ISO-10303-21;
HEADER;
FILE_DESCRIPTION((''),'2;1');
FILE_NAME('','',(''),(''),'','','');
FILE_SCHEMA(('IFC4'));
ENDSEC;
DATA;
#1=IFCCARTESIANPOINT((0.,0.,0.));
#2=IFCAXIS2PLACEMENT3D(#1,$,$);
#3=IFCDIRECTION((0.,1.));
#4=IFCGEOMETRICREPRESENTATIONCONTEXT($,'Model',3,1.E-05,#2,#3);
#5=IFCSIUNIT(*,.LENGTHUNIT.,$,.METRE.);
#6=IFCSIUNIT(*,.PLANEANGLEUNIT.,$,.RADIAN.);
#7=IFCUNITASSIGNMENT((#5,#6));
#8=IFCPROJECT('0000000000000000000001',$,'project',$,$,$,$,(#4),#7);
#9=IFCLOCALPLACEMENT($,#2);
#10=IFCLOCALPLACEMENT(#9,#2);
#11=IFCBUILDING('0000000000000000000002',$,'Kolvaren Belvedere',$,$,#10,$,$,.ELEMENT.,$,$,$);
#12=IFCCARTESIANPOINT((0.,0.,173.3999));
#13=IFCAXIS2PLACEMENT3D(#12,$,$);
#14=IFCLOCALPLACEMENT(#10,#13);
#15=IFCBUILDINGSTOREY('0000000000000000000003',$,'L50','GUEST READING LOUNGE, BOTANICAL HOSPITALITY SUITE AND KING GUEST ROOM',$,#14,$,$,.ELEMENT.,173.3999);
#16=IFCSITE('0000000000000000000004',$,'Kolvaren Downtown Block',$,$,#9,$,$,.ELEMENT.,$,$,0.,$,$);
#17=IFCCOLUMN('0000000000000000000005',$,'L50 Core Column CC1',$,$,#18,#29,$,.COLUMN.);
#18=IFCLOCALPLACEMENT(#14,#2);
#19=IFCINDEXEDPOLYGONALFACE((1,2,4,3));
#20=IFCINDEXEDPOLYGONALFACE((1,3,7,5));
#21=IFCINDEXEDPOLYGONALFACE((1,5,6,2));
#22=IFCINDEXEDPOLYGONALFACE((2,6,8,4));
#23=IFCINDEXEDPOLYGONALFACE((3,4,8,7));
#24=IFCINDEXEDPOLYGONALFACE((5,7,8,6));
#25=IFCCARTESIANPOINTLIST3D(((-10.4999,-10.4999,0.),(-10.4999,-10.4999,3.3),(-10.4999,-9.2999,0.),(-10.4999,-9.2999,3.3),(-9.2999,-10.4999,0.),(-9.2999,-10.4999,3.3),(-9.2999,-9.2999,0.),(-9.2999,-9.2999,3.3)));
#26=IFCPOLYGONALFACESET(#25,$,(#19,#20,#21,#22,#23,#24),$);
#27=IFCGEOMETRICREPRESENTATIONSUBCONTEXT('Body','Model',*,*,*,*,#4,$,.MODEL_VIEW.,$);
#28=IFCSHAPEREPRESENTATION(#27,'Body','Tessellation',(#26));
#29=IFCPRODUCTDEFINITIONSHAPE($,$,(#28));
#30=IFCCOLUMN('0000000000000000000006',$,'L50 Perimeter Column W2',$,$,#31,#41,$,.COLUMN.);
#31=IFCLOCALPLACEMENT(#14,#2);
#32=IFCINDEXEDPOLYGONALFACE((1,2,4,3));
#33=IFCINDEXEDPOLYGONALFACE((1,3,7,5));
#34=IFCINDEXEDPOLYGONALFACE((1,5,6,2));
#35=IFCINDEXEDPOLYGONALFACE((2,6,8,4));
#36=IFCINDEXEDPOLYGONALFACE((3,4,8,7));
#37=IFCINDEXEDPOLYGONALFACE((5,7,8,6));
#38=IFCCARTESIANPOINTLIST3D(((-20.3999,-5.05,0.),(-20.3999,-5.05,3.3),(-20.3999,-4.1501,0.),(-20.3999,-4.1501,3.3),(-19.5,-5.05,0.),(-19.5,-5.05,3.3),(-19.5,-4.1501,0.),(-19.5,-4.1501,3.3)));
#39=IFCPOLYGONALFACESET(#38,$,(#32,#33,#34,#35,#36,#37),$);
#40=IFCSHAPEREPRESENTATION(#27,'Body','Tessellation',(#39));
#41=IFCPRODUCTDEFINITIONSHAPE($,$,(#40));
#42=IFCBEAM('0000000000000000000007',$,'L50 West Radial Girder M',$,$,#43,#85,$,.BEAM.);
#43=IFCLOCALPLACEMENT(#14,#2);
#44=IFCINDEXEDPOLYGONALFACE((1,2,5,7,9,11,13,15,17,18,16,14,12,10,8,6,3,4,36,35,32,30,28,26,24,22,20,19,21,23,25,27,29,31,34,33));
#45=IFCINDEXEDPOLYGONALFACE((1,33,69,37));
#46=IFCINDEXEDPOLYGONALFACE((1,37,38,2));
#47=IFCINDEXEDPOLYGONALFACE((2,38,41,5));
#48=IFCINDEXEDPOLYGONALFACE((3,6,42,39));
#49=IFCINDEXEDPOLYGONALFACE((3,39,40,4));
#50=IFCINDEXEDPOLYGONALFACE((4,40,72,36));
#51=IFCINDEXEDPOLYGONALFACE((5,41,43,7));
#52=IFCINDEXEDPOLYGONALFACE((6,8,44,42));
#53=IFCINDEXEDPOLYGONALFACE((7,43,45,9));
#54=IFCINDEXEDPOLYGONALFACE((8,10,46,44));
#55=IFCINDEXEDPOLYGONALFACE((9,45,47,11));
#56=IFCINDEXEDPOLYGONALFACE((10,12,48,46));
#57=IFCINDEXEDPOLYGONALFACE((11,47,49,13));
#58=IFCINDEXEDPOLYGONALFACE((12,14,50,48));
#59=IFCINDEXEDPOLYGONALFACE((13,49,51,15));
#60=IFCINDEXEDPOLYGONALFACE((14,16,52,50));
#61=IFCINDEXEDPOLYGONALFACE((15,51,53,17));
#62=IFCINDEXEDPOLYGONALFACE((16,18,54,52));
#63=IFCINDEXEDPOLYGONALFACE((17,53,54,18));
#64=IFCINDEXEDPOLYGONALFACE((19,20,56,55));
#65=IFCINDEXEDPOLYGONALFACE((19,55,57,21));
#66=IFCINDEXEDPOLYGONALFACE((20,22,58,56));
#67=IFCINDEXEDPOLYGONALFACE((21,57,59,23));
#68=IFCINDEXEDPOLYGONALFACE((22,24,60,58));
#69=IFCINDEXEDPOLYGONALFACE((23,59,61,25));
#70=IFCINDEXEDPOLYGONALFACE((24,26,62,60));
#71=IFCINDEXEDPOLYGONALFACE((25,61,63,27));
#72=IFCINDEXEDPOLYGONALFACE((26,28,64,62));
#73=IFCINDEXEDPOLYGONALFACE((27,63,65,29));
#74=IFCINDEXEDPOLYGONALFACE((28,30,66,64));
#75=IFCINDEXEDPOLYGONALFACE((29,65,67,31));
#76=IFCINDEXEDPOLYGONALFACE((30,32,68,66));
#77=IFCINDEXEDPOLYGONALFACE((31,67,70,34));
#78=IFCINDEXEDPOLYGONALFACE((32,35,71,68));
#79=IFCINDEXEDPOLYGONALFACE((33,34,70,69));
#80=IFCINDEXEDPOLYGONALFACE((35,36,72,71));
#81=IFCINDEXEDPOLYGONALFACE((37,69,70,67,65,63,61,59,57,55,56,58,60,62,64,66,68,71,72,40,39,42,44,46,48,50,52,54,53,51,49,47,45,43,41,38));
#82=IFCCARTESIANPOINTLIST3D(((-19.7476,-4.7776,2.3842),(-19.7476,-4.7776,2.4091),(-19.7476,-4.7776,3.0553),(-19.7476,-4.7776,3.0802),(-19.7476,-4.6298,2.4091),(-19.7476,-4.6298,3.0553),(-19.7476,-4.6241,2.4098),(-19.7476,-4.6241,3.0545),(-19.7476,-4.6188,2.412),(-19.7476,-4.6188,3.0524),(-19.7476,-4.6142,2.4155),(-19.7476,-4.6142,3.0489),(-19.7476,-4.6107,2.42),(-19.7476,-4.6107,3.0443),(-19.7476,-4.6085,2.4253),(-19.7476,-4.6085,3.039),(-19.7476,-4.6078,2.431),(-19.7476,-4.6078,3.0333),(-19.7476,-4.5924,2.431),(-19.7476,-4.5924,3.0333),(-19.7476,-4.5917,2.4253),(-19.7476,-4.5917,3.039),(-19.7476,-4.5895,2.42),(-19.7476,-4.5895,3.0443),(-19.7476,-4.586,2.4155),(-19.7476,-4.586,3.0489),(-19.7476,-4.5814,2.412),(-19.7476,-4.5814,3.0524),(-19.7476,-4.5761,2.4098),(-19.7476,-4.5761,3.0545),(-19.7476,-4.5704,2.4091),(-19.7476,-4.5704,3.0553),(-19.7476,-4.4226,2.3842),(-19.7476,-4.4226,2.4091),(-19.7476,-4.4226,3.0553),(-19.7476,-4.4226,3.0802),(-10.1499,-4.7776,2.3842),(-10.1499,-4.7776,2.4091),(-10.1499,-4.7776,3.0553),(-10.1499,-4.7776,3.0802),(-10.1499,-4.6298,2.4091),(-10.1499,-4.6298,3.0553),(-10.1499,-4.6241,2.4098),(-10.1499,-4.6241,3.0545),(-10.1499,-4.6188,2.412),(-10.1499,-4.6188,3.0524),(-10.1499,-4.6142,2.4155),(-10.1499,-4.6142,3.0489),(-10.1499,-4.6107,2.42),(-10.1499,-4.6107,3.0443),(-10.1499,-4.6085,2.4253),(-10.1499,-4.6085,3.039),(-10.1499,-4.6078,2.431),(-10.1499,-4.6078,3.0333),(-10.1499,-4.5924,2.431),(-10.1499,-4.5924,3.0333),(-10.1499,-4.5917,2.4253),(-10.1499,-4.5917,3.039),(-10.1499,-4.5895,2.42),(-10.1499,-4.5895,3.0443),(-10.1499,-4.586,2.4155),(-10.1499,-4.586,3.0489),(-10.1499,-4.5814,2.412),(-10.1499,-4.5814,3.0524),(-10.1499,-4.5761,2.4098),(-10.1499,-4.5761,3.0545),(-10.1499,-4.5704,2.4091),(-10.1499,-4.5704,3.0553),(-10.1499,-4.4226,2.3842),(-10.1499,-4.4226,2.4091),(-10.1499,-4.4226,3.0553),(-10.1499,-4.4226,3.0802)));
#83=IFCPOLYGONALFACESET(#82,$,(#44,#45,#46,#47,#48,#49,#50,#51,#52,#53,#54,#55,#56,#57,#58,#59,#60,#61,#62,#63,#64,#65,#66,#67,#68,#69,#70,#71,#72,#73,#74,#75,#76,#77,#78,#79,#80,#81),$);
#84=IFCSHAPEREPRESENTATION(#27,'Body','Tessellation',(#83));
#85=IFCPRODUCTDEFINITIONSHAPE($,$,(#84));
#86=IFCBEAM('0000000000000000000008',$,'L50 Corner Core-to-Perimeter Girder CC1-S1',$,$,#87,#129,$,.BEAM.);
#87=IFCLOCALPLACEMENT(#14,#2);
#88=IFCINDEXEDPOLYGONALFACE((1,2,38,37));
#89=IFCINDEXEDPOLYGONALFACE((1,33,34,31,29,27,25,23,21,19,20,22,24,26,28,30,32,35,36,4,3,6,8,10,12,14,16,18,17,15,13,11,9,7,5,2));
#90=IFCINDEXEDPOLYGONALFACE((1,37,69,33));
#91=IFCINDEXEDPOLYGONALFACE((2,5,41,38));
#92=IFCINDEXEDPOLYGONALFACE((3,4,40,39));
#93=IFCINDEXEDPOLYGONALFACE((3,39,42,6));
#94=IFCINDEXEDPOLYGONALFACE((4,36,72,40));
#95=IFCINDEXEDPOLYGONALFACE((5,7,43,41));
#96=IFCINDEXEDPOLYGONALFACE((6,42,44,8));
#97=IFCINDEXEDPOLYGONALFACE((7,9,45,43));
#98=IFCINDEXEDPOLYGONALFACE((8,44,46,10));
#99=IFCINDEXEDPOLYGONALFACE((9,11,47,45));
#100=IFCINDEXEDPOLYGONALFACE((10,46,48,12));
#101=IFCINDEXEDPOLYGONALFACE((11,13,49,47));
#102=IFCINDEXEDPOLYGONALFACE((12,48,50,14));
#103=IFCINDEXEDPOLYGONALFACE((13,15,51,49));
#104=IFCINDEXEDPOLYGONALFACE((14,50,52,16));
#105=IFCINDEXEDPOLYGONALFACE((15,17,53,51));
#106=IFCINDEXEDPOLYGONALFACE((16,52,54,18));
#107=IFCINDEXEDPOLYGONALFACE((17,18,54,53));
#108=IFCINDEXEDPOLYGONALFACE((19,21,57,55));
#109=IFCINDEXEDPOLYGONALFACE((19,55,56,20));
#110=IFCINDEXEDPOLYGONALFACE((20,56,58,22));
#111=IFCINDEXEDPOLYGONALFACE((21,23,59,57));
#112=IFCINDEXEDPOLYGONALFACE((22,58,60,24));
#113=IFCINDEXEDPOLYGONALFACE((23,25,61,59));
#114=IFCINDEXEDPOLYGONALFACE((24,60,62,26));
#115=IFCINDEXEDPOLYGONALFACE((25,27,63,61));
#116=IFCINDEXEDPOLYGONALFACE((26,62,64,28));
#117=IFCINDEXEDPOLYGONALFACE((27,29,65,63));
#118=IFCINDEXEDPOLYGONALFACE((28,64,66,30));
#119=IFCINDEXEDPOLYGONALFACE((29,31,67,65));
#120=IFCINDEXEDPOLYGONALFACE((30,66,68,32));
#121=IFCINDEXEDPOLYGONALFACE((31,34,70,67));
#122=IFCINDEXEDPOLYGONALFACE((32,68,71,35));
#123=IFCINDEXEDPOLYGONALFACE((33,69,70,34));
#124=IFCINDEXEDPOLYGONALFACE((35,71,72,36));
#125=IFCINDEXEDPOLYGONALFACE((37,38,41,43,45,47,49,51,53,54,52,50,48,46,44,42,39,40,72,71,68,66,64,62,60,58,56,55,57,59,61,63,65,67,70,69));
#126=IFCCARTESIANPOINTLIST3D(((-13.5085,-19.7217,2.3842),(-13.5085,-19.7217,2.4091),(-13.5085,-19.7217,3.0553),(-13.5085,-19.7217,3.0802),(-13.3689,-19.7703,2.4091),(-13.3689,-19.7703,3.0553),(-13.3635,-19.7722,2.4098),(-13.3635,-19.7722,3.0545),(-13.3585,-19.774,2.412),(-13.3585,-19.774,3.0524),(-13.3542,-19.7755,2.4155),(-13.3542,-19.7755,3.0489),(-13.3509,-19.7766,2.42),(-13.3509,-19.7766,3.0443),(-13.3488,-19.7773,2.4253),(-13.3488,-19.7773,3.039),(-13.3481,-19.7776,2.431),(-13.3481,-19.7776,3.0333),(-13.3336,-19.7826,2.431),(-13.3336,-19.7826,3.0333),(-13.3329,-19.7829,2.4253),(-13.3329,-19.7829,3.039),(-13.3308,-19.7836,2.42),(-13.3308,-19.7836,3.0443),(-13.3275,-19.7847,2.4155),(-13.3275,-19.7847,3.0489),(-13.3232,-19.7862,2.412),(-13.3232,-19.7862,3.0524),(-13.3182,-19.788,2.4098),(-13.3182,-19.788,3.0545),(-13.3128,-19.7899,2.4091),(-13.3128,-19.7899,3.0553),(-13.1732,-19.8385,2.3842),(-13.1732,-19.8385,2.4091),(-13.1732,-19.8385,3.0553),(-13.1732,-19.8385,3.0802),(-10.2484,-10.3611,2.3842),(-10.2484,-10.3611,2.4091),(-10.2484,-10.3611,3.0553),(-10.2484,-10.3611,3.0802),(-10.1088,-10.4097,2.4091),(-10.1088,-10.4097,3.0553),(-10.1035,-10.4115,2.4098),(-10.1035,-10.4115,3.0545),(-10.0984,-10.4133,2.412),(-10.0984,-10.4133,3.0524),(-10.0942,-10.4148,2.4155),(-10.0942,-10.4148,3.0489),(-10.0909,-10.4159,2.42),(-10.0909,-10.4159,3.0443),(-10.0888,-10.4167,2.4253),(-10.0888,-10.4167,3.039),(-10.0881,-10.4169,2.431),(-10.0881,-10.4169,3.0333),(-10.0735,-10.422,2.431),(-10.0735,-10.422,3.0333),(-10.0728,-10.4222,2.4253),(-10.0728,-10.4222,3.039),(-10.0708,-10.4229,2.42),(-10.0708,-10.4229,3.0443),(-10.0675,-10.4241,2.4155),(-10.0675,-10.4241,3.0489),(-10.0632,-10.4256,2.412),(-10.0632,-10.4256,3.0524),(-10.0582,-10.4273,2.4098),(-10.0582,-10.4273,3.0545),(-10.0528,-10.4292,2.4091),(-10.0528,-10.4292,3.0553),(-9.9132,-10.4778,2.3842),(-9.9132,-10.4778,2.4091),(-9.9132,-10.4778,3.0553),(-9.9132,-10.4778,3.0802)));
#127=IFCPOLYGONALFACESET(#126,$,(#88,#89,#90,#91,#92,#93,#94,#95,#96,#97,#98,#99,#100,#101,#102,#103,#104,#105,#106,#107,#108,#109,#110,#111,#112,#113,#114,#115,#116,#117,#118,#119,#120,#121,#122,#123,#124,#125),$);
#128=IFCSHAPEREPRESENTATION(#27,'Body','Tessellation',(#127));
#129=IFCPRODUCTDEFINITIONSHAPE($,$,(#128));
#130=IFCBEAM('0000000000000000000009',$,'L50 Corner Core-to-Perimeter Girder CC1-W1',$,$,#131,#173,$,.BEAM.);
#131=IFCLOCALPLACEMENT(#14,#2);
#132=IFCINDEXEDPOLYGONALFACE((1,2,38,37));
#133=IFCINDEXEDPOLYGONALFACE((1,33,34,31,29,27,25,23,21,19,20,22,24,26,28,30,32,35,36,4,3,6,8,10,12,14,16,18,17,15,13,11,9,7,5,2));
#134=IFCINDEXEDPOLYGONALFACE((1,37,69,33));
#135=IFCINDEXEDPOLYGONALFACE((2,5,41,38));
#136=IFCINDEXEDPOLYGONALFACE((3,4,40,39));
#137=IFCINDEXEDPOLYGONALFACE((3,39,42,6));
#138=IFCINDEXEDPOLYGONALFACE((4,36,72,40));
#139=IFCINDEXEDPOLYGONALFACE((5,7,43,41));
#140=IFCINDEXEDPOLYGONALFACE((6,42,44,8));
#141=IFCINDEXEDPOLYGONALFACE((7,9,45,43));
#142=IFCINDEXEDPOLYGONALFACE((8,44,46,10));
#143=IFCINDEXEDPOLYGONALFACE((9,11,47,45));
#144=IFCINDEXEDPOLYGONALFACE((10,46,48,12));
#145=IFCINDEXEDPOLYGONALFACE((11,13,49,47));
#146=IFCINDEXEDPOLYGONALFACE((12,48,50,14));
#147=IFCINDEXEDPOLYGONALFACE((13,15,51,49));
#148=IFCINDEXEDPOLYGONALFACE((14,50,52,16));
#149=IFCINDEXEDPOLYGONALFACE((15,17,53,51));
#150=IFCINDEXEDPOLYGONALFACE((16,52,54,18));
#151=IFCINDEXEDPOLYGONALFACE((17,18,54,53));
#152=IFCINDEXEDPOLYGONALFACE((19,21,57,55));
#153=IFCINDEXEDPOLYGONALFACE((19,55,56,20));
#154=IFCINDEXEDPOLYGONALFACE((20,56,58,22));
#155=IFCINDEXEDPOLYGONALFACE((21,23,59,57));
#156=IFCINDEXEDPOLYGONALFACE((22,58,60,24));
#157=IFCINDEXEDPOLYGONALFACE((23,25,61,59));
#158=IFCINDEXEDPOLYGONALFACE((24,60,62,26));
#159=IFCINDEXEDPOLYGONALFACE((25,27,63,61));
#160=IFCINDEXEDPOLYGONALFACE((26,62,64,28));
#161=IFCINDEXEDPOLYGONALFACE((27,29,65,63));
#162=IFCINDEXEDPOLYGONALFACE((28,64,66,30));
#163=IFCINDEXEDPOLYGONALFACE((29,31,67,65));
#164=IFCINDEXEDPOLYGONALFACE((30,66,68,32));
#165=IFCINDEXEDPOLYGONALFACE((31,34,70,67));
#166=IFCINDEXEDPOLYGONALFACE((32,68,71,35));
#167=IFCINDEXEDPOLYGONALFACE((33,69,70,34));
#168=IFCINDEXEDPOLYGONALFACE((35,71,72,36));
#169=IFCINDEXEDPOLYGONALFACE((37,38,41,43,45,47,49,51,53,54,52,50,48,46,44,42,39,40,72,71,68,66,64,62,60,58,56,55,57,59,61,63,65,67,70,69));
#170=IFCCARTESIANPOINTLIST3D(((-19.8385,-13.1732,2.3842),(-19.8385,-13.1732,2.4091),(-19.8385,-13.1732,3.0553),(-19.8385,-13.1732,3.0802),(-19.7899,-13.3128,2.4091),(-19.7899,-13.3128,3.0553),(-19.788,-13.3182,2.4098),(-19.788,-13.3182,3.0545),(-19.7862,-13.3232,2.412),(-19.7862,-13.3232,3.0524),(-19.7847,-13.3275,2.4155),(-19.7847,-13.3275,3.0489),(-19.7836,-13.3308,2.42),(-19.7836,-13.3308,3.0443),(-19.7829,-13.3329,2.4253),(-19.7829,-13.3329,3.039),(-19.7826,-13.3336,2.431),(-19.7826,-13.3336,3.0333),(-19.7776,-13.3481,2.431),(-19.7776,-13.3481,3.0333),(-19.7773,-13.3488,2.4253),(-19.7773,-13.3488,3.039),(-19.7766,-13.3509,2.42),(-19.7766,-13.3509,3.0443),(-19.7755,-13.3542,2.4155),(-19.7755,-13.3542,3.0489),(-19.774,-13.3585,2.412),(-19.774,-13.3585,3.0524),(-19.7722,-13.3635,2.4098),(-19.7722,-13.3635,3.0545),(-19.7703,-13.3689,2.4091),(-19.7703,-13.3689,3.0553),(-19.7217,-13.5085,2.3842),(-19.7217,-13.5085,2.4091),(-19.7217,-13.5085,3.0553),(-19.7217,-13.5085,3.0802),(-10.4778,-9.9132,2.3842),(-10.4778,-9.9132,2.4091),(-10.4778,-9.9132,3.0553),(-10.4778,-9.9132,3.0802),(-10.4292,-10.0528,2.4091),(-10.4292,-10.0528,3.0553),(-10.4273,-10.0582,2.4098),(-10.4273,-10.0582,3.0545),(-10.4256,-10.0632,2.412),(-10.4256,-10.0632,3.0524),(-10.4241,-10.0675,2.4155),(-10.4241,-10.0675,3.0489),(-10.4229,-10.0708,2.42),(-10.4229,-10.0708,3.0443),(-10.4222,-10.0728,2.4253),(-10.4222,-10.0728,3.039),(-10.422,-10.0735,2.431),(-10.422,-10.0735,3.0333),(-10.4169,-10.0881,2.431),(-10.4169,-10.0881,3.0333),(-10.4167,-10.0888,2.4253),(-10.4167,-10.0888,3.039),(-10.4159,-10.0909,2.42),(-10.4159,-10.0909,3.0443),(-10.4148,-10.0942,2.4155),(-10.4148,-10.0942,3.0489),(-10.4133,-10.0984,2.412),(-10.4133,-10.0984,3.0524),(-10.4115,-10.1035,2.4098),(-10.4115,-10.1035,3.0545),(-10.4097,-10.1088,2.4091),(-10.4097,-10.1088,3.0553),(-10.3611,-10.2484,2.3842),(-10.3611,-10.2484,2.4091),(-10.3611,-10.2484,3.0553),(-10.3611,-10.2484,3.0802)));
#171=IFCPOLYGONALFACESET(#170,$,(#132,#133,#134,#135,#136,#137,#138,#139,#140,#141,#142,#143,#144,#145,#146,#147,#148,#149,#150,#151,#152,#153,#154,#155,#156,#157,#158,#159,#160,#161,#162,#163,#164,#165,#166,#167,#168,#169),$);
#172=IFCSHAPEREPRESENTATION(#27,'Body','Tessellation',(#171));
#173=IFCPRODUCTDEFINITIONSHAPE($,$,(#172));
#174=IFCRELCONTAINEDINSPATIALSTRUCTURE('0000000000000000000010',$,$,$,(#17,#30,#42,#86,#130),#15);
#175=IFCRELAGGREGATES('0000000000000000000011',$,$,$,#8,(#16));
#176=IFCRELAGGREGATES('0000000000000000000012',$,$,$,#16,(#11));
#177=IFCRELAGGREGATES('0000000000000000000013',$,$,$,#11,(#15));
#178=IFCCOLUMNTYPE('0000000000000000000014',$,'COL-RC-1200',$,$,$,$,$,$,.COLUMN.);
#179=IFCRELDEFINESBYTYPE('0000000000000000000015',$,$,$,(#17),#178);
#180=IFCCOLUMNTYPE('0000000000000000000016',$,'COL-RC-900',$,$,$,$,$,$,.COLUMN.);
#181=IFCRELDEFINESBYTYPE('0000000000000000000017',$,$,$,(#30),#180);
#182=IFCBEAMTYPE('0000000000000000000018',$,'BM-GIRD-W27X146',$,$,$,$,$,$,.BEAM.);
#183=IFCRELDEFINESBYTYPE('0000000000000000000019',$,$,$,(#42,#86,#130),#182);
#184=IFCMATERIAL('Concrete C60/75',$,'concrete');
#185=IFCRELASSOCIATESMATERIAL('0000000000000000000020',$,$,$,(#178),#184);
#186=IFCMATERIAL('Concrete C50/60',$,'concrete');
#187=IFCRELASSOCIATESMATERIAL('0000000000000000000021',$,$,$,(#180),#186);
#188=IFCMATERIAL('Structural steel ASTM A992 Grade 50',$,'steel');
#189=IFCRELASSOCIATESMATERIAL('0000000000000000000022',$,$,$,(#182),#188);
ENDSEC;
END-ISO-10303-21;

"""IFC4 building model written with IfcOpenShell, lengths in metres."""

from ifc_helpers import new_model, si_unit, direction, frame, origin, origin_2d, place, context, subcontext, project, spatial, rectangle, i_section, extrude, material, material_profile, profile_set, type_object, element, save


model = new_model("IFC4")

# Units and contexts
model_context = context("Model", 3, precision=1e-05, world=origin(), true_north=direction((0.0, 1.0)))
body_context = subcontext(model_context, "Body", "Model", "MODEL_VIEW")
ifc_project = project(units=[si_unit("LENGTHUNIT", "METRE"), si_unit("PLANEANGLEUNIT", "RADIAN")], contexts=[model_context])

# Site, building, storey
site_placement = place(None, origin())
site = spatial("IfcSite", under=ifc_project, at=site_placement, Name="Kolvaren Downtown Block", CompositionType="ELEMENT", RefElevation=0.0)
building_placement = place(site_placement, origin())
building = spatial("IfcBuilding", under=site, at=building_placement, Name="Kolvaren Belvedere", CompositionType="ELEMENT")
storey_placement = place(building_placement, frame((0.0, 0.0, 173.3999)))
storey = spatial("IfcBuildingStorey", under=building, at=storey_placement, Name="L50", Description="GUEST READING LOUNGE, BOTANICAL HOSPITALITY SUITE AND KING GUEST ROOM", CompositionType="ELEMENT", Elevation=173.3999)

# Columns
ifc_material_1 = material(Name="Concrete C60/75", Category="concrete")
ifc_material_profile_1 = material_profile(ifc_material_1, rectangle(XDim=1.2, YDim=1.2, at=origin_2d()), Name="RC 1200X1200")
ifc_profile_set_1 = profile_set([ifc_material_profile_1], Name="Concrete C60/75")
column_type_1 = type_object("IfcColumnType", Name="COL-RC-1200", PredefinedType="COLUMN", material=ifc_profile_set_1)
column_1_placement = place(storey_placement, frame((-9.8999, -9.8999, 0.0), z_axis=(0.0, 0.0, 1.0), x_axis=(1.0, 0.0, 0.0)))
element("IfcColumn", 1, at=column_1_placement, inside=storey, type_object=column_type_1, Name="L50 Core Column CC1", PredefinedType="COLUMN", context=body_context, shape_type="SweptSolid", body=[
    extrude(rectangle(XDim=1.2, YDim=1.2, at=origin_2d()), origin(), (0.0, 0.0, 1.0), 3.3),
])
ifc_material_2 = material(Name="Concrete C50/60", Category="concrete")
ifc_material_profile_2 = material_profile(ifc_material_2, rectangle(XDim=0.8999, YDim=0.8999, at=origin_2d()), Name="RC 900X900")
ifc_profile_set_2 = profile_set([ifc_material_profile_2], Name="Concrete C50/60")
column_type_2 = type_object("IfcColumnType", Name="COL-RC-900", PredefinedType="COLUMN", material=ifc_profile_set_2)
column_2_placement = place(storey_placement, frame((-19.95, -4.6001, 0.0), z_axis=(0.0, 0.0, 1.0), x_axis=(1.0, 0.0, 0.0)))
element("IfcColumn", 2, at=column_2_placement, inside=storey, type_object=column_type_2, Name="L50 Perimeter Column W2", PredefinedType="COLUMN", context=body_context, shape_type="SweptSolid", body=[
    extrude(rectangle(XDim=0.8999, YDim=0.8999, at=origin_2d()), origin(), (0.0, 0.0, 1.0), 3.3),
])

# Beams
ifc_material_3 = material(Name="Structural steel ASTM A992 Grade 50", Category="steel")
ifc_material_profile_3 = material_profile(ifc_material_3, i_section(OverallWidth=0.355, OverallDepth=0.696, WebThickness=0.0154, FlangeThickness=0.0249, FilletRadius=0.022, at=origin_2d()), Name="W27X146")
ifc_profile_set_3 = profile_set([ifc_material_profile_3], Name="Structural steel ASTM A992 Grade 50")
beam_type_1 = type_object("IfcBeamType", Name="BM-GIRD-W27X146", PredefinedType="BEAM", material=ifc_profile_set_3)
beam_1_placement = place(storey_placement, frame((-10.1499, -4.6001, 2.7322), z_axis=(-1.0, 0.0, 0.0), x_axis=(0.0, -1.0, 0.0)))
element("IfcBeam", 3, at=beam_1_placement, inside=storey, type_object=beam_type_1, Name="L50 West Radial Girder M", PredefinedType="BEAM", context=body_context, shape_type="SweptSolid", body=[
    extrude(i_section(OverallWidth=0.355, OverallDepth=0.696, WebThickness=0.0154, FlangeThickness=0.0249, FilletRadius=0.022, at=origin_2d()), origin(), (0.0, 0.0, 1.0), 9.5977),
])
for number, where, z_axis, x_axis, name in (
    (4, (-10.0808, -10.4194, 2.7322), (-0.328894, -0.944367, 0.0), (0.944367, -0.328894, 0.0), "L50 Corner Core-to-Perimeter Girder CC1-S1"),
    (5, (-10.4194, -10.0808, 2.7322), (-0.944367, -0.328894, 0.0), (0.328894, -0.944367, 0.0), "L50 Corner Core-to-Perimeter Girder CC1-W1"),
):
    element("IfcBeam", number, at=place(storey_placement, frame(where, z_axis=z_axis, x_axis=x_axis)), inside=storey, type_object=beam_type_1, Name=name, PredefinedType="BEAM", context=body_context, shape_type="SweptSolid", body=[
        extrude(i_section(OverallWidth=0.355, OverallDepth=0.696, WebThickness=0.0154, FlangeThickness=0.0249, FilletRadius=0.022, at=origin_2d()), origin(), (0.0, 0.0, 1.0), 9.9121),
    ])

save(model, "model.ifc")
